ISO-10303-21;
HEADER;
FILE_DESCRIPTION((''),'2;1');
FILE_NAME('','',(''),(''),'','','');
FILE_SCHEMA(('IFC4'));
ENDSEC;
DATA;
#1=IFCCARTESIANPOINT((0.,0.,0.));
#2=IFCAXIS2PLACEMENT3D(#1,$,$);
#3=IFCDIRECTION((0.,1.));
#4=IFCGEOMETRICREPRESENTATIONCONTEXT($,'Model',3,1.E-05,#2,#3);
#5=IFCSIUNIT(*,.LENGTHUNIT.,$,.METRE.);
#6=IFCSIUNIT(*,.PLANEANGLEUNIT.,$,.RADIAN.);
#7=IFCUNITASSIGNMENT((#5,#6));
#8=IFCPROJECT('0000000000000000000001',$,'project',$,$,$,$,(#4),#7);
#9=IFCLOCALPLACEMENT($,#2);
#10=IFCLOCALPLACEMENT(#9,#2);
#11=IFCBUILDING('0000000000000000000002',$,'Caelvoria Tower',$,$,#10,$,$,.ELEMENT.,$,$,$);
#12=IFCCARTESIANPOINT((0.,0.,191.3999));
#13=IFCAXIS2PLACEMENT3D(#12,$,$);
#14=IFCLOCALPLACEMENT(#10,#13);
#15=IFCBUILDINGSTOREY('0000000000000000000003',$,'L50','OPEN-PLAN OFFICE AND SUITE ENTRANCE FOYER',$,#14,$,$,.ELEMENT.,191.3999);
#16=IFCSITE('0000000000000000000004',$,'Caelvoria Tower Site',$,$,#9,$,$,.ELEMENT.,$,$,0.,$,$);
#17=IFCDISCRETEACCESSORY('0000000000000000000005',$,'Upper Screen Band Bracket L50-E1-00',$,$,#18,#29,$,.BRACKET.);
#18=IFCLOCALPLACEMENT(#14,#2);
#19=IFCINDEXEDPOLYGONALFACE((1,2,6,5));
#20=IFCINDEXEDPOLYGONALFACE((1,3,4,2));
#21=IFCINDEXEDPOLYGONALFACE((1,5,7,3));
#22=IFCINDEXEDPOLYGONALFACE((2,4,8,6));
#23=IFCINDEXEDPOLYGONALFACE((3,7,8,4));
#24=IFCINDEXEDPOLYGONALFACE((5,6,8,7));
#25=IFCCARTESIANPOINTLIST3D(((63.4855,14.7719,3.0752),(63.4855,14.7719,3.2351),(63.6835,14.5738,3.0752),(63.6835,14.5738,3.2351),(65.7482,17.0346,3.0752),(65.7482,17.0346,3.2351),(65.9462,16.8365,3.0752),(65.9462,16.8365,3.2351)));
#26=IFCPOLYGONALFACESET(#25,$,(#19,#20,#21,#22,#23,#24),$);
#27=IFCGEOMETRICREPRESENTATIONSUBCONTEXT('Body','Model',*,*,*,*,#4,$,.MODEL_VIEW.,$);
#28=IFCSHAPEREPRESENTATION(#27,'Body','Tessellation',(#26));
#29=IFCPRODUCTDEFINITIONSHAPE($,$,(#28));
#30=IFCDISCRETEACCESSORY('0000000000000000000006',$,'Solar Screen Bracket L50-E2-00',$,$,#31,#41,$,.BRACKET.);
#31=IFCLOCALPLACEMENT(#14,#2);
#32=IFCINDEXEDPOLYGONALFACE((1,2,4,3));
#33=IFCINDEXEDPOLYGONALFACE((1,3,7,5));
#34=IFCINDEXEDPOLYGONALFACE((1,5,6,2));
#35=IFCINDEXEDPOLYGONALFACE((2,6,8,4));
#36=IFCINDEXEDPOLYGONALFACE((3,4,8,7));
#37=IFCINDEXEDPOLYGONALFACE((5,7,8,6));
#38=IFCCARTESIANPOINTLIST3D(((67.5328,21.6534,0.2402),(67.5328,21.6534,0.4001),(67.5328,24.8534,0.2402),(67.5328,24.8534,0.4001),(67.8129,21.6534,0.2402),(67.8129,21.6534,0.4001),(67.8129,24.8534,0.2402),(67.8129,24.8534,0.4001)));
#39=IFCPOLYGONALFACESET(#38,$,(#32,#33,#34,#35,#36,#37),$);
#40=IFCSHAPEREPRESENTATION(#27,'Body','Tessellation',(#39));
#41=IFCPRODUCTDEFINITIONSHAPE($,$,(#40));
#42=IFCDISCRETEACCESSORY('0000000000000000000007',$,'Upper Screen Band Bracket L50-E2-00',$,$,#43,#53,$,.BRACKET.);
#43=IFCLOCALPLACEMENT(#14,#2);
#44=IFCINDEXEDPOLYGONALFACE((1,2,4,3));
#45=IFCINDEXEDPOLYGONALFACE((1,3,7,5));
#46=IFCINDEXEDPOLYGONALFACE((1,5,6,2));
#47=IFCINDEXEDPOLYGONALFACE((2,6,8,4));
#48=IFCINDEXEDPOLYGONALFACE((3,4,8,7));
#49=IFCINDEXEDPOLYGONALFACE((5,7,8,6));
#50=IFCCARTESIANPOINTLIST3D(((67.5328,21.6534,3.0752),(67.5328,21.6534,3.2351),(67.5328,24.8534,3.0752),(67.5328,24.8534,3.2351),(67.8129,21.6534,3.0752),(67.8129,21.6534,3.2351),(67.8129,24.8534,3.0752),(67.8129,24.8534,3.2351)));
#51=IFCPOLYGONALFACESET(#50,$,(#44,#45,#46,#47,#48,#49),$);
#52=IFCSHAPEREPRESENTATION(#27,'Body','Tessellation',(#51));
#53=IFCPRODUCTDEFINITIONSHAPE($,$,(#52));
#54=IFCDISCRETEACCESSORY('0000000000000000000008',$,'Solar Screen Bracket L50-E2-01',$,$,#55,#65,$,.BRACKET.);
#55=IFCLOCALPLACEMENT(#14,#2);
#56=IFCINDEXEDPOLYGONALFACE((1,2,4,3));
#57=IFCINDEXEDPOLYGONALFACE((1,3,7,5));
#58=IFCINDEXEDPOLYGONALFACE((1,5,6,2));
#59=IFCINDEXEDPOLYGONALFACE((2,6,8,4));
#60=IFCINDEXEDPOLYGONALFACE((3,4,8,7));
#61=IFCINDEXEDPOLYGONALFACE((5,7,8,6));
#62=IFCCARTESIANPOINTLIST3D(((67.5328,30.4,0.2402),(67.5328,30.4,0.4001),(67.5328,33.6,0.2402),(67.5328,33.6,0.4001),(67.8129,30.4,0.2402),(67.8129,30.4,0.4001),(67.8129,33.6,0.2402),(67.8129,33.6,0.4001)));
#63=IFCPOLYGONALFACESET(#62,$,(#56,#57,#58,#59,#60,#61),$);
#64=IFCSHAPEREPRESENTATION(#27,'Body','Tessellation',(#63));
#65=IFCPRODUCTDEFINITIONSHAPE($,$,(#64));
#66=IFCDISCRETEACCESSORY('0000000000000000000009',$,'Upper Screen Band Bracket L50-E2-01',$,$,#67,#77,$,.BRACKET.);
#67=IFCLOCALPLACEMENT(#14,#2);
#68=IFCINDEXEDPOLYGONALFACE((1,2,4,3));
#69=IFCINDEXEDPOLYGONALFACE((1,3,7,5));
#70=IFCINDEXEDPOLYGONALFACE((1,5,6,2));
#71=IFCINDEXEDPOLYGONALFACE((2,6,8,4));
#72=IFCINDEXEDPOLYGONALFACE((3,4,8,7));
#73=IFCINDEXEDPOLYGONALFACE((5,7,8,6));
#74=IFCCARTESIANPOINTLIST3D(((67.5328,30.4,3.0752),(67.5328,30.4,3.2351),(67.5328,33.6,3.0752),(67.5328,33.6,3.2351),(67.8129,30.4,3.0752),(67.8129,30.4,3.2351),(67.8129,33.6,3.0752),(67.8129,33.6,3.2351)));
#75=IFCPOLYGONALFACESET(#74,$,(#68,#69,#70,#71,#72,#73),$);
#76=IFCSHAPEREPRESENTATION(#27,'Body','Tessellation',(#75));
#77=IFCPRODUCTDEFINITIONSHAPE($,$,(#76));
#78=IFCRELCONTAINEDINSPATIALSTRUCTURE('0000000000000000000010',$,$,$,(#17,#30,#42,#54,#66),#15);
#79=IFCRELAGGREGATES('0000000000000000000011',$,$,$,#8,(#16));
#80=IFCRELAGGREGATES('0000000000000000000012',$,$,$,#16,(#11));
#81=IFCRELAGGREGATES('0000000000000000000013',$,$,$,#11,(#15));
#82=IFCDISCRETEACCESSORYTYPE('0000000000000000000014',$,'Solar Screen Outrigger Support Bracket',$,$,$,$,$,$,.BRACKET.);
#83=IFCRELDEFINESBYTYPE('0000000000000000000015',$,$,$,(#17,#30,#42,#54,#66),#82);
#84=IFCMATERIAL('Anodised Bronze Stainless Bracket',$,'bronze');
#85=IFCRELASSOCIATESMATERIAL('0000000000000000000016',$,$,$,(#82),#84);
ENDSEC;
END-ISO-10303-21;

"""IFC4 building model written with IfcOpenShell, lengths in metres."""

from ifc_helpers import new_model, si_unit, direction, frame, origin, origin_2d, place, context, subcontext, project, spatial, rectangle, extrude, material, type_object, element, save


model = new_model("IFC4")

# Units and contexts
model_context = context("Model", 3, precision=1e-05, world=origin(), true_north=direction((0.0, 1.0)))
body_context = subcontext(model_context, "Body", "Model", "MODEL_VIEW")
ifc_project = project(units=[si_unit("LENGTHUNIT", "METRE"), si_unit("PLANEANGLEUNIT", "RADIAN")], contexts=[model_context])

# Site, building, storey
site_placement = place(None, origin())
site = spatial("IfcSite", under=ifc_project, at=site_placement, Name="Caelvoria Tower Site", CompositionType="ELEMENT", RefElevation=0.0)
building_placement = place(site_placement, origin())
building = spatial("IfcBuilding", under=site, at=building_placement, Name="Caelvoria Tower", CompositionType="ELEMENT")
storey_placement = place(building_placement, frame((0.0, 0.0, 191.3999)))
storey = spatial("IfcBuildingStorey", under=building, at=storey_placement, Name="L50", Description="OPEN-PLAN OFFICE AND SUITE ENTRANCE FOYER", CompositionType="ELEMENT", Elevation=191.3999)

# Discrete accessories
ifc_material_1 = material(Name="Anodised Bronze Stainless Bracket", Category="bronze")
discrete_accessory_type = type_object("IfcDiscreteAccessoryType", Name="Solar Screen Outrigger Support Bracket", PredefinedType="BRACKET", material=ifc_material_1)
for number, where, z_axis, x_axis, name in (
    (1, (64.7158, 15.8042, 3.0752), (0.0, 0.0, 1.0), (0.707107, 0.707107, 0.0), "Upper Screen Band Bracket L50-E1-00"),
    (2, (67.6729, 23.2534, 0.2402), (0.0, 0.0, 1.0), (0.0, 1.0, 0.0), "Solar Screen Bracket L50-E2-00"),
    (3, (67.6729, 23.2534, 3.0752), (0.0, 0.0, 1.0), (0.0, 1.0, 0.0), "Upper Screen Band Bracket L50-E2-00"),
    (4, (67.6729, 32.0, 0.2402), (0.0, 0.0, 1.0), (0.0, 1.0, 0.0), "Solar Screen Bracket L50-E2-01"),
    (5, (67.6729, 32.0, 3.0752), (0.0, 0.0, 1.0), (0.0, 1.0, 0.0), "Upper Screen Band Bracket L50-E2-01"),
):
    element("IfcDiscreteAccessory", number, at=place(storey_placement, frame(where, z_axis=z_axis, x_axis=x_axis)), inside=storey, type_object=discrete_accessory_type, Name=name, PredefinedType="BRACKET", context=body_context, shape_type="SweptSolid", body=[
        extrude(rectangle(XDim=3.2, YDim=0.28, at=origin_2d()), origin(), (0.0, 0.0, 1.0), 0.1599),
    ])

save(model, "model.ifc")
